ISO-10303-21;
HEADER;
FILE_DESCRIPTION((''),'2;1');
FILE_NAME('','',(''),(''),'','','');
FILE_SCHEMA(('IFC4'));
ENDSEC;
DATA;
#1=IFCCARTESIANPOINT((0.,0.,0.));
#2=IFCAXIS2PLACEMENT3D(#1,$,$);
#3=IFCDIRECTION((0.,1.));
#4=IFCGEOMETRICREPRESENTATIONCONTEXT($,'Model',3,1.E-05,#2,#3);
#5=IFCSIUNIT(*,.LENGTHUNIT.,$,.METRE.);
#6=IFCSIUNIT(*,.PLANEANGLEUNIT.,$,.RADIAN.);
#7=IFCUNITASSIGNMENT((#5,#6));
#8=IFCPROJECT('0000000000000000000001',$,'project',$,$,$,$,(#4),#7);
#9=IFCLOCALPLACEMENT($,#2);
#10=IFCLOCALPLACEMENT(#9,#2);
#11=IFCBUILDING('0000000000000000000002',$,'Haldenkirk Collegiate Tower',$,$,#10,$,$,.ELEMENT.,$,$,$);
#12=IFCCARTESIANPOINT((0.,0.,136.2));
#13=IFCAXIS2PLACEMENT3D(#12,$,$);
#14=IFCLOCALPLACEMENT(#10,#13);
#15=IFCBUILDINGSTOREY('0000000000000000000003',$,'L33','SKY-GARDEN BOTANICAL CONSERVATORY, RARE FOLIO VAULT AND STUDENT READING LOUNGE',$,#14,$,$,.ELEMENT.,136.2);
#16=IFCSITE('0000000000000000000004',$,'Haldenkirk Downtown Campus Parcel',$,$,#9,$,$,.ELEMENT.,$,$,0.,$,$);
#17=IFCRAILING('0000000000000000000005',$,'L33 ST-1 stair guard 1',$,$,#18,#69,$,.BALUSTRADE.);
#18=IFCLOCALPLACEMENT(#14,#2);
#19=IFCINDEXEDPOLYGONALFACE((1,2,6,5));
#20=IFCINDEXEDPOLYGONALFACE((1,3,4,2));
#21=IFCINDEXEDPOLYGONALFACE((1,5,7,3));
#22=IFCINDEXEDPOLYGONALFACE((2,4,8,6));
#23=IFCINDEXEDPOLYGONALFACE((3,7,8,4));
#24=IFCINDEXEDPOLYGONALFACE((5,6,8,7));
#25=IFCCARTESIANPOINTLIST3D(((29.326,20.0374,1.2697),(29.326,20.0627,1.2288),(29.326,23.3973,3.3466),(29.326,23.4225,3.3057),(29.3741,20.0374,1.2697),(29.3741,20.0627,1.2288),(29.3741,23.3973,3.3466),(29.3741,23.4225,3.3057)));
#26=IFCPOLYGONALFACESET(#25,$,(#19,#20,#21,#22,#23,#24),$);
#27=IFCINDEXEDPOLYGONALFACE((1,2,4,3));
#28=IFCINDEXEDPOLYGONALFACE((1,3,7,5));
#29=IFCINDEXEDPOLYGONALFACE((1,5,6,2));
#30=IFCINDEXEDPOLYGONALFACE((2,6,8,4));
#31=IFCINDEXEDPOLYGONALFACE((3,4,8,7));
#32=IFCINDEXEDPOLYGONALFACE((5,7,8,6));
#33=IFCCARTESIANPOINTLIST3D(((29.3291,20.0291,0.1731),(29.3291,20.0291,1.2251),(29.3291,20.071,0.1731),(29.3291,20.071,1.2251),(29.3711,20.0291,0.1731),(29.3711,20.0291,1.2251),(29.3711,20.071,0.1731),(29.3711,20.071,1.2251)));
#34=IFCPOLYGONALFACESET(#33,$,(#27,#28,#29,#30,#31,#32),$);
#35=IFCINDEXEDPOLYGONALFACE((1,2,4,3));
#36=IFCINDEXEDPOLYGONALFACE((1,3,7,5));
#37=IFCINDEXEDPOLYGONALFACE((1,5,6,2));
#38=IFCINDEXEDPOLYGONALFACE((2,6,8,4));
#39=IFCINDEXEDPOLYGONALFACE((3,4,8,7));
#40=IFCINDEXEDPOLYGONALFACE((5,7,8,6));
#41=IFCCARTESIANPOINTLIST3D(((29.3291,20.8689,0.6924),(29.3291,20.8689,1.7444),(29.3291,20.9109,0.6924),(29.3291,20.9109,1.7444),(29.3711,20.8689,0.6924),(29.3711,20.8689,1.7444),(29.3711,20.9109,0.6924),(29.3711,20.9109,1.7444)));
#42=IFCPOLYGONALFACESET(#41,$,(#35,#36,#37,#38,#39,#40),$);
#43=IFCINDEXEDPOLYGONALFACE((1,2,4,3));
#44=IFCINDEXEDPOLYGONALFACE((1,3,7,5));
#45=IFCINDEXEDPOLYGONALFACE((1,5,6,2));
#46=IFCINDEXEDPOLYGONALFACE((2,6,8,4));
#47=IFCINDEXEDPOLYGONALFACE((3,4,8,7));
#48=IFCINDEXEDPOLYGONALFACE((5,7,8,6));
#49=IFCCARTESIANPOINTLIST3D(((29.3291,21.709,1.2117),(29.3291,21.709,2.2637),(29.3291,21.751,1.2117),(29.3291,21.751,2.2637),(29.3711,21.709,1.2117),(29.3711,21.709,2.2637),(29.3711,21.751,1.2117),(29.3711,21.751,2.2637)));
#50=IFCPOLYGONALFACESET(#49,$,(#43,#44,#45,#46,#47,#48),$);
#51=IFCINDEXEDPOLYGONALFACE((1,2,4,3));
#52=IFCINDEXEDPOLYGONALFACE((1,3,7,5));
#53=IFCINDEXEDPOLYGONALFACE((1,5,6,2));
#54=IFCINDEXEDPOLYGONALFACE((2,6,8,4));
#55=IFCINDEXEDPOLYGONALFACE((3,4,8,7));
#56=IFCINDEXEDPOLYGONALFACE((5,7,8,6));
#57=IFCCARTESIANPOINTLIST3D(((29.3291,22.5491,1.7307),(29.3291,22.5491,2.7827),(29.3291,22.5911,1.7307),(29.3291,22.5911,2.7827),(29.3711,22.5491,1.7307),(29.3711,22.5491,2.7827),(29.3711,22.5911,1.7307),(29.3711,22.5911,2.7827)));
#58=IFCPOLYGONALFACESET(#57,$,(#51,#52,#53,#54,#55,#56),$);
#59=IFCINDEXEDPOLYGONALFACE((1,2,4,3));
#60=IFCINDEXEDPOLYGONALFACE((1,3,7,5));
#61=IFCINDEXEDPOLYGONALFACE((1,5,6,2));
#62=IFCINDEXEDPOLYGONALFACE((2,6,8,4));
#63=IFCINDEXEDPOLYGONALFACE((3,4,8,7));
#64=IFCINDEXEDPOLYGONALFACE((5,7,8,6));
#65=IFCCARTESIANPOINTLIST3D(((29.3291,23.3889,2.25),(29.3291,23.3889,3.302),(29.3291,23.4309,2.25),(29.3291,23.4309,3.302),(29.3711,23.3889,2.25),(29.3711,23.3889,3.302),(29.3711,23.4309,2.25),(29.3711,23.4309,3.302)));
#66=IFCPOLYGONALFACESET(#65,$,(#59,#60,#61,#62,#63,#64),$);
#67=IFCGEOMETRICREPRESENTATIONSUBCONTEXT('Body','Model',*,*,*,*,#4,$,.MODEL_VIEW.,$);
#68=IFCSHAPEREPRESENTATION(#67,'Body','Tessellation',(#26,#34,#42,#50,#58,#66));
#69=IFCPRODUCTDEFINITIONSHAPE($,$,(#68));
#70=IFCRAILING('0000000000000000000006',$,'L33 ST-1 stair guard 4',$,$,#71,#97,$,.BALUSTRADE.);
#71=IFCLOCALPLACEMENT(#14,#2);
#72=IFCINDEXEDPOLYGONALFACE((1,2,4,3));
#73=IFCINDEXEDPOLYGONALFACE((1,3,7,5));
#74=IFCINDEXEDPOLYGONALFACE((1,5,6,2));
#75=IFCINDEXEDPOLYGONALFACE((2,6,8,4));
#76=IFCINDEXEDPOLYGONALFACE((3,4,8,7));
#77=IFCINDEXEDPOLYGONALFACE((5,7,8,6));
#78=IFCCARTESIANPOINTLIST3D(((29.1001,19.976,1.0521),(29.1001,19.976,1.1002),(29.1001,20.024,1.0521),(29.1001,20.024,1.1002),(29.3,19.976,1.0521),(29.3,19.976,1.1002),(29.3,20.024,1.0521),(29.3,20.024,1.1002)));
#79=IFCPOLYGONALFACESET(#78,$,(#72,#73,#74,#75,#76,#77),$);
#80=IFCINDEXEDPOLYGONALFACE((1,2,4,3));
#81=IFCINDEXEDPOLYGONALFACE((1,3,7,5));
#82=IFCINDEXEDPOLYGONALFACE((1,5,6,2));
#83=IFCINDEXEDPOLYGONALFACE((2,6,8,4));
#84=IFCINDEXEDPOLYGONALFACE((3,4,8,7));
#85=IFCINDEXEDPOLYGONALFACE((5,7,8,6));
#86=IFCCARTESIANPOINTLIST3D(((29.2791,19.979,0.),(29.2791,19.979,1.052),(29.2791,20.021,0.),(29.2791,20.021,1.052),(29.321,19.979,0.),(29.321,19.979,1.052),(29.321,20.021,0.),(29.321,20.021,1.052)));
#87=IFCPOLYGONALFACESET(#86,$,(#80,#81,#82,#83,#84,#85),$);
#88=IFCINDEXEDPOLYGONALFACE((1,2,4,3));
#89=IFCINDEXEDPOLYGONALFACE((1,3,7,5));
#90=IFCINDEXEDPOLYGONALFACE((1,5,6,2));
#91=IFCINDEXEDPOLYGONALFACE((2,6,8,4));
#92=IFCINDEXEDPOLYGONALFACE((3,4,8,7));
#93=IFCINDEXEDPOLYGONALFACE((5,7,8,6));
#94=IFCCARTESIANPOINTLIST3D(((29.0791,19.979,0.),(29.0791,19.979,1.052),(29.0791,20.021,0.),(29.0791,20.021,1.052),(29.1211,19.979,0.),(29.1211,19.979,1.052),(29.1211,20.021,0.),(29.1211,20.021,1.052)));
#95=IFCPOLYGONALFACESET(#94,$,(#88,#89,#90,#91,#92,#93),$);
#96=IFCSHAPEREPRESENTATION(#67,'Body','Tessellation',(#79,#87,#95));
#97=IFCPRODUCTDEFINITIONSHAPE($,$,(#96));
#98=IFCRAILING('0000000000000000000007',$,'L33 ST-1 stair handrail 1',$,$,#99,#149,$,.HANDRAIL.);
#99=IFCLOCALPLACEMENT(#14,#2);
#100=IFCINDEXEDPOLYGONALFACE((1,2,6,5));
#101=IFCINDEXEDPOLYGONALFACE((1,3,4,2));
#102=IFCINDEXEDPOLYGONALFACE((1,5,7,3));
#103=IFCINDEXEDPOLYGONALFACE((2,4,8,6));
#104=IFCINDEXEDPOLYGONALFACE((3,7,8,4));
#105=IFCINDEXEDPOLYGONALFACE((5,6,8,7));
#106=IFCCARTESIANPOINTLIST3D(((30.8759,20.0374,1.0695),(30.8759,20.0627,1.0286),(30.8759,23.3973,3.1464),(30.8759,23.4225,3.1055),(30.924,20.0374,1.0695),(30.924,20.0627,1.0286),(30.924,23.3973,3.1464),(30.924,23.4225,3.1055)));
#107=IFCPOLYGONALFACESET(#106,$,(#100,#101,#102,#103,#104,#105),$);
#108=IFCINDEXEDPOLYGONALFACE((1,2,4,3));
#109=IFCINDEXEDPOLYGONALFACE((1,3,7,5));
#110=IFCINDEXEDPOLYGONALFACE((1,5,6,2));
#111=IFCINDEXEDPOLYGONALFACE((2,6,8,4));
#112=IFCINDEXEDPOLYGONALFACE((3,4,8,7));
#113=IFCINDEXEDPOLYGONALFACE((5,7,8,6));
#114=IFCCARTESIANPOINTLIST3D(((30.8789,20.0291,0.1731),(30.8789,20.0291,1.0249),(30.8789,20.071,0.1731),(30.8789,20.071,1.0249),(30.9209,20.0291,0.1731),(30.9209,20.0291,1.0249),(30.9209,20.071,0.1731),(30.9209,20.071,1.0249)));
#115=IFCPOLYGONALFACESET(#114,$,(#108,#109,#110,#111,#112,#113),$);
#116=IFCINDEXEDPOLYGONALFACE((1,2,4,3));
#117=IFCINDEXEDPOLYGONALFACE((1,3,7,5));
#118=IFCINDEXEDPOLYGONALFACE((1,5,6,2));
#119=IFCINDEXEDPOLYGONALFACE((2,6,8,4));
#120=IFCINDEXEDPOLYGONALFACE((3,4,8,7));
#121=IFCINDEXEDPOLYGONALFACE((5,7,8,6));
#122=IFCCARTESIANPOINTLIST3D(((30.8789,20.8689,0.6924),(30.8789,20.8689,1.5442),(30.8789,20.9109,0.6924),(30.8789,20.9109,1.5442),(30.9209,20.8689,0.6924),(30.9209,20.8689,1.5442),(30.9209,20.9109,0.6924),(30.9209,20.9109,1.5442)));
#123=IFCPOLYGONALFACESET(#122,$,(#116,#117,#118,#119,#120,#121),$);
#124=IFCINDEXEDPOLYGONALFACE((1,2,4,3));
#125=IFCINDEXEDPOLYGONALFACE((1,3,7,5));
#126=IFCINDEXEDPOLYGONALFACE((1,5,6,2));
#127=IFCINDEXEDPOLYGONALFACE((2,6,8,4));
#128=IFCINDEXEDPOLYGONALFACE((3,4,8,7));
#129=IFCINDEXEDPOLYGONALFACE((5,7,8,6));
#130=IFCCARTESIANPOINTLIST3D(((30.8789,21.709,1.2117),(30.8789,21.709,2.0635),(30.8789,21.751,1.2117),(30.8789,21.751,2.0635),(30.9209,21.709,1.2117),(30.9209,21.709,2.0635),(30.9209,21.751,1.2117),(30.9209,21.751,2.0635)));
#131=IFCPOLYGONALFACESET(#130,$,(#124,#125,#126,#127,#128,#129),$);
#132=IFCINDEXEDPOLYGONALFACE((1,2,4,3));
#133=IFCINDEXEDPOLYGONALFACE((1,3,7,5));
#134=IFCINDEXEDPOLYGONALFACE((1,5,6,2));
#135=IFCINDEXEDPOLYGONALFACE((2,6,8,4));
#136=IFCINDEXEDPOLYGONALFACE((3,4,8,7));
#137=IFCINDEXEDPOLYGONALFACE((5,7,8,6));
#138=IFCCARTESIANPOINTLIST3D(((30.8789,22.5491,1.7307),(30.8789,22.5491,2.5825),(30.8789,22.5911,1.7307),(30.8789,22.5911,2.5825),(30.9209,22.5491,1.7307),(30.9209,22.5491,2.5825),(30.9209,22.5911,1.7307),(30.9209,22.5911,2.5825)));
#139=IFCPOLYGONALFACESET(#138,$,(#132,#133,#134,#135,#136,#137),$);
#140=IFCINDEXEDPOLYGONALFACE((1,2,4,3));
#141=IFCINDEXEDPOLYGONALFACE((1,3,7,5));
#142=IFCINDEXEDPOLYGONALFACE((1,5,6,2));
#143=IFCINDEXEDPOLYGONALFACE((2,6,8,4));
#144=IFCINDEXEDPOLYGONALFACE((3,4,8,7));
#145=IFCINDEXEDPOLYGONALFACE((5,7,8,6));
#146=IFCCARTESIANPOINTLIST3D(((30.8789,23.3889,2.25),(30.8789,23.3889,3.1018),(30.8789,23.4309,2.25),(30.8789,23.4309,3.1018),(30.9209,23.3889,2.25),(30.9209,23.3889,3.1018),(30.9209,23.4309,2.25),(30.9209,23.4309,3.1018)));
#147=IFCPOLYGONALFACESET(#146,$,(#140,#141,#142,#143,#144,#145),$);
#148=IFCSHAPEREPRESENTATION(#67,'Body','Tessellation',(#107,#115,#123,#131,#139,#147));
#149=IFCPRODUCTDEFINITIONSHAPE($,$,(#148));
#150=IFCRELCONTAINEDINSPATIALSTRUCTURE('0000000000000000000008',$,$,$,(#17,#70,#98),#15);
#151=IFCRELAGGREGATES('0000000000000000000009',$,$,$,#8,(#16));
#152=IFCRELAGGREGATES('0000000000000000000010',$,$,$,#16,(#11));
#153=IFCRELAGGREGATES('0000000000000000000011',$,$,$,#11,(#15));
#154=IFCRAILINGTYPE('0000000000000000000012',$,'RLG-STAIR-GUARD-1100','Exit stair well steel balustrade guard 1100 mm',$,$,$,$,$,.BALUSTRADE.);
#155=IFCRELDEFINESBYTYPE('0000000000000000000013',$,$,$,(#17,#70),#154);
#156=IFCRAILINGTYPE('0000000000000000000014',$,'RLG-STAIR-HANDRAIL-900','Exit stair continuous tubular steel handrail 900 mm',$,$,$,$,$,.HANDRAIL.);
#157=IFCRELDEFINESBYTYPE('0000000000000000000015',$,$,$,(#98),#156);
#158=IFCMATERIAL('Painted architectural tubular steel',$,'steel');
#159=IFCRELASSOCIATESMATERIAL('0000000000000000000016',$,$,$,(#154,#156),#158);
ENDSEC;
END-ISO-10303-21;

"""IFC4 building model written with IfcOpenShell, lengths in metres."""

from ifc_helpers import new_model, si_unit, direction, frame, origin, origin_2d, place, context, subcontext, project, spatial, rectangle, extrude, material, type_object, element, save


model = new_model("IFC4")

# Units and contexts
model_context = context("Model", 3, precision=1e-05, world=origin(), true_north=direction((0.0, 1.0)))
body_context = subcontext(model_context, "Body", "Model", "MODEL_VIEW")
ifc_project = project(units=[si_unit("LENGTHUNIT", "METRE"), si_unit("PLANEANGLEUNIT", "RADIAN")], contexts=[model_context])

# Site, building, storey
site_placement = place(None, origin())
site = spatial("IfcSite", under=ifc_project, at=site_placement, Name="Haldenkirk Downtown Campus Parcel", CompositionType="ELEMENT", RefElevation=0.0)
building_placement = place(site_placement, origin())
building = spatial("IfcBuilding", under=site, at=building_placement, Name="Haldenkirk Collegiate Tower", CompositionType="ELEMENT")
storey_placement = place(building_placement, frame((0.0, 0.0, 136.2)))
storey = spatial("IfcBuildingStorey", under=building, at=storey_placement, Name="L33", Description="SKY-GARDEN BOTANICAL CONSERVATORY, RARE FOLIO VAULT AND STUDENT READING LOUNGE", CompositionType="ELEMENT", Elevation=136.2)

# Railings
ifc_material_1 = material(Name="Painted architectural tubular steel", Category="steel")
railing_type_1 = type_object("IfcRailingType", Name="RLG-STAIR-GUARD-1100", Description="Exit stair well steel balustrade guard 1100 mm", PredefinedType="BALUSTRADE", material=ifc_material_1)
railing_1_placement = place(storey_placement, frame((29.3501, 20.05, 0.1731)))
element("IfcRailing", 1, at=railing_1_placement, inside=storey, type_object=railing_type_1, Name="L33 ST-1 stair guard 1", PredefinedType="BALUSTRADE", context=body_context, shape_type="SweptSolid", body=[
    extrude(rectangle(XDim=0.0481, YDim=0.0481, at=origin_2d()), frame((0.0, 0.0, 1.0762), z_axis=(0.0, 0.850606, 0.525803), x_axis=(-1.0, 0.0, 0.0)), (0.0, 0.0, 1.0), 3.95),
    extrude(rectangle(XDim=0.042, YDim=0.042, at=origin_2d()), origin(), (0.0, 0.0, 1.0), 1.052),
    extrude(rectangle(XDim=0.042, YDim=0.042, at=origin_2d()), frame((0.0, 0.8398, 0.5193)), (0.0, 0.0, 1.0), 1.052),
    extrude(rectangle(XDim=0.042, YDim=0.042, at=origin_2d()), frame((0.0, 1.6799, 1.0386)), (0.0, 0.0, 1.0), 1.052),
    extrude(rectangle(XDim=0.042, YDim=0.042, at=origin_2d()), frame((0.0, 2.52, 1.5576)), (0.0, 0.0, 1.0), 1.052),
    extrude(rectangle(XDim=0.042, YDim=0.042, at=origin_2d()), frame((0.0, 3.3599, 2.0769)), (0.0, 0.0, 1.0), 1.052),
])
railing_2_placement = place(storey_placement, frame((29.3, 20.0, 0.0)))
element("IfcRailing", 2, at=railing_2_placement, inside=storey, type_object=railing_type_1, Name="L33 ST-1 stair guard 4", PredefinedType="BALUSTRADE", context=body_context, shape_type="SweptSolid", body=[
    extrude(rectangle(XDim=0.0481, YDim=0.0481, at=origin_2d()), frame((0.0, 0.0, 1.0762), z_axis=(-1.0, 0.0, 0.0), x_axis=(0.0, -1.0, 0.0)), (0.0, 0.0, 1.0), 0.2),
    extrude(rectangle(XDim=0.042, YDim=0.042, at=origin_2d()), origin(), (0.0, 0.0, 1.0), 1.052),
    extrude(rectangle(XDim=0.042, YDim=0.042, at=origin_2d()), frame((-0.2, 0.0, 0.0)), (0.0, 0.0, 1.0), 1.052),
])
railing_type_2 = type_object("IfcRailingType", Name="RLG-STAIR-HANDRAIL-900", Description="Exit stair continuous tubular steel handrail 900 mm", PredefinedType="HANDRAIL", material=ifc_material_1)
railing_3_placement = place(storey_placement, frame((30.8999, 20.05, 0.1731)))
element("IfcRailing", 3, at=railing_3_placement, inside=storey, type_object=railing_type_2, Name="L33 ST-1 stair handrail 1", PredefinedType="HANDRAIL", context=body_context, shape_type="SweptSolid", body=[
    extrude(rectangle(XDim=0.0481, YDim=0.0481, at=origin_2d()), frame((0.0, 0.0, 0.876), z_axis=(0.0, 0.850606, 0.525803), x_axis=(-1.0, 0.0, 0.0)), (0.0, 0.0, 1.0), 3.95),
    extrude(rectangle(XDim=0.042, YDim=0.042, at=origin_2d()), origin(), (0.0, 0.0, 1.0), 0.8518),
    extrude(rectangle(XDim=0.042, YDim=0.042, at=origin_2d()), frame((0.0, 0.8398, 0.5193)), (0.0, 0.0, 1.0), 0.8518),
    extrude(rectangle(XDim=0.042, YDim=0.042, at=origin_2d()), frame((0.0, 1.6799, 1.0386)), (0.0, 0.0, 1.0), 0.8518),
    extrude(rectangle(XDim=0.042, YDim=0.042, at=origin_2d()), frame((0.0, 2.52, 1.5576)), (0.0, 0.0, 1.0), 0.8518),
    extrude(rectangle(XDim=0.042, YDim=0.042, at=origin_2d()), frame((0.0, 3.3599, 2.0769)), (0.0, 0.0, 1.0), 0.8518),
])

save(model, "model.ifc")
